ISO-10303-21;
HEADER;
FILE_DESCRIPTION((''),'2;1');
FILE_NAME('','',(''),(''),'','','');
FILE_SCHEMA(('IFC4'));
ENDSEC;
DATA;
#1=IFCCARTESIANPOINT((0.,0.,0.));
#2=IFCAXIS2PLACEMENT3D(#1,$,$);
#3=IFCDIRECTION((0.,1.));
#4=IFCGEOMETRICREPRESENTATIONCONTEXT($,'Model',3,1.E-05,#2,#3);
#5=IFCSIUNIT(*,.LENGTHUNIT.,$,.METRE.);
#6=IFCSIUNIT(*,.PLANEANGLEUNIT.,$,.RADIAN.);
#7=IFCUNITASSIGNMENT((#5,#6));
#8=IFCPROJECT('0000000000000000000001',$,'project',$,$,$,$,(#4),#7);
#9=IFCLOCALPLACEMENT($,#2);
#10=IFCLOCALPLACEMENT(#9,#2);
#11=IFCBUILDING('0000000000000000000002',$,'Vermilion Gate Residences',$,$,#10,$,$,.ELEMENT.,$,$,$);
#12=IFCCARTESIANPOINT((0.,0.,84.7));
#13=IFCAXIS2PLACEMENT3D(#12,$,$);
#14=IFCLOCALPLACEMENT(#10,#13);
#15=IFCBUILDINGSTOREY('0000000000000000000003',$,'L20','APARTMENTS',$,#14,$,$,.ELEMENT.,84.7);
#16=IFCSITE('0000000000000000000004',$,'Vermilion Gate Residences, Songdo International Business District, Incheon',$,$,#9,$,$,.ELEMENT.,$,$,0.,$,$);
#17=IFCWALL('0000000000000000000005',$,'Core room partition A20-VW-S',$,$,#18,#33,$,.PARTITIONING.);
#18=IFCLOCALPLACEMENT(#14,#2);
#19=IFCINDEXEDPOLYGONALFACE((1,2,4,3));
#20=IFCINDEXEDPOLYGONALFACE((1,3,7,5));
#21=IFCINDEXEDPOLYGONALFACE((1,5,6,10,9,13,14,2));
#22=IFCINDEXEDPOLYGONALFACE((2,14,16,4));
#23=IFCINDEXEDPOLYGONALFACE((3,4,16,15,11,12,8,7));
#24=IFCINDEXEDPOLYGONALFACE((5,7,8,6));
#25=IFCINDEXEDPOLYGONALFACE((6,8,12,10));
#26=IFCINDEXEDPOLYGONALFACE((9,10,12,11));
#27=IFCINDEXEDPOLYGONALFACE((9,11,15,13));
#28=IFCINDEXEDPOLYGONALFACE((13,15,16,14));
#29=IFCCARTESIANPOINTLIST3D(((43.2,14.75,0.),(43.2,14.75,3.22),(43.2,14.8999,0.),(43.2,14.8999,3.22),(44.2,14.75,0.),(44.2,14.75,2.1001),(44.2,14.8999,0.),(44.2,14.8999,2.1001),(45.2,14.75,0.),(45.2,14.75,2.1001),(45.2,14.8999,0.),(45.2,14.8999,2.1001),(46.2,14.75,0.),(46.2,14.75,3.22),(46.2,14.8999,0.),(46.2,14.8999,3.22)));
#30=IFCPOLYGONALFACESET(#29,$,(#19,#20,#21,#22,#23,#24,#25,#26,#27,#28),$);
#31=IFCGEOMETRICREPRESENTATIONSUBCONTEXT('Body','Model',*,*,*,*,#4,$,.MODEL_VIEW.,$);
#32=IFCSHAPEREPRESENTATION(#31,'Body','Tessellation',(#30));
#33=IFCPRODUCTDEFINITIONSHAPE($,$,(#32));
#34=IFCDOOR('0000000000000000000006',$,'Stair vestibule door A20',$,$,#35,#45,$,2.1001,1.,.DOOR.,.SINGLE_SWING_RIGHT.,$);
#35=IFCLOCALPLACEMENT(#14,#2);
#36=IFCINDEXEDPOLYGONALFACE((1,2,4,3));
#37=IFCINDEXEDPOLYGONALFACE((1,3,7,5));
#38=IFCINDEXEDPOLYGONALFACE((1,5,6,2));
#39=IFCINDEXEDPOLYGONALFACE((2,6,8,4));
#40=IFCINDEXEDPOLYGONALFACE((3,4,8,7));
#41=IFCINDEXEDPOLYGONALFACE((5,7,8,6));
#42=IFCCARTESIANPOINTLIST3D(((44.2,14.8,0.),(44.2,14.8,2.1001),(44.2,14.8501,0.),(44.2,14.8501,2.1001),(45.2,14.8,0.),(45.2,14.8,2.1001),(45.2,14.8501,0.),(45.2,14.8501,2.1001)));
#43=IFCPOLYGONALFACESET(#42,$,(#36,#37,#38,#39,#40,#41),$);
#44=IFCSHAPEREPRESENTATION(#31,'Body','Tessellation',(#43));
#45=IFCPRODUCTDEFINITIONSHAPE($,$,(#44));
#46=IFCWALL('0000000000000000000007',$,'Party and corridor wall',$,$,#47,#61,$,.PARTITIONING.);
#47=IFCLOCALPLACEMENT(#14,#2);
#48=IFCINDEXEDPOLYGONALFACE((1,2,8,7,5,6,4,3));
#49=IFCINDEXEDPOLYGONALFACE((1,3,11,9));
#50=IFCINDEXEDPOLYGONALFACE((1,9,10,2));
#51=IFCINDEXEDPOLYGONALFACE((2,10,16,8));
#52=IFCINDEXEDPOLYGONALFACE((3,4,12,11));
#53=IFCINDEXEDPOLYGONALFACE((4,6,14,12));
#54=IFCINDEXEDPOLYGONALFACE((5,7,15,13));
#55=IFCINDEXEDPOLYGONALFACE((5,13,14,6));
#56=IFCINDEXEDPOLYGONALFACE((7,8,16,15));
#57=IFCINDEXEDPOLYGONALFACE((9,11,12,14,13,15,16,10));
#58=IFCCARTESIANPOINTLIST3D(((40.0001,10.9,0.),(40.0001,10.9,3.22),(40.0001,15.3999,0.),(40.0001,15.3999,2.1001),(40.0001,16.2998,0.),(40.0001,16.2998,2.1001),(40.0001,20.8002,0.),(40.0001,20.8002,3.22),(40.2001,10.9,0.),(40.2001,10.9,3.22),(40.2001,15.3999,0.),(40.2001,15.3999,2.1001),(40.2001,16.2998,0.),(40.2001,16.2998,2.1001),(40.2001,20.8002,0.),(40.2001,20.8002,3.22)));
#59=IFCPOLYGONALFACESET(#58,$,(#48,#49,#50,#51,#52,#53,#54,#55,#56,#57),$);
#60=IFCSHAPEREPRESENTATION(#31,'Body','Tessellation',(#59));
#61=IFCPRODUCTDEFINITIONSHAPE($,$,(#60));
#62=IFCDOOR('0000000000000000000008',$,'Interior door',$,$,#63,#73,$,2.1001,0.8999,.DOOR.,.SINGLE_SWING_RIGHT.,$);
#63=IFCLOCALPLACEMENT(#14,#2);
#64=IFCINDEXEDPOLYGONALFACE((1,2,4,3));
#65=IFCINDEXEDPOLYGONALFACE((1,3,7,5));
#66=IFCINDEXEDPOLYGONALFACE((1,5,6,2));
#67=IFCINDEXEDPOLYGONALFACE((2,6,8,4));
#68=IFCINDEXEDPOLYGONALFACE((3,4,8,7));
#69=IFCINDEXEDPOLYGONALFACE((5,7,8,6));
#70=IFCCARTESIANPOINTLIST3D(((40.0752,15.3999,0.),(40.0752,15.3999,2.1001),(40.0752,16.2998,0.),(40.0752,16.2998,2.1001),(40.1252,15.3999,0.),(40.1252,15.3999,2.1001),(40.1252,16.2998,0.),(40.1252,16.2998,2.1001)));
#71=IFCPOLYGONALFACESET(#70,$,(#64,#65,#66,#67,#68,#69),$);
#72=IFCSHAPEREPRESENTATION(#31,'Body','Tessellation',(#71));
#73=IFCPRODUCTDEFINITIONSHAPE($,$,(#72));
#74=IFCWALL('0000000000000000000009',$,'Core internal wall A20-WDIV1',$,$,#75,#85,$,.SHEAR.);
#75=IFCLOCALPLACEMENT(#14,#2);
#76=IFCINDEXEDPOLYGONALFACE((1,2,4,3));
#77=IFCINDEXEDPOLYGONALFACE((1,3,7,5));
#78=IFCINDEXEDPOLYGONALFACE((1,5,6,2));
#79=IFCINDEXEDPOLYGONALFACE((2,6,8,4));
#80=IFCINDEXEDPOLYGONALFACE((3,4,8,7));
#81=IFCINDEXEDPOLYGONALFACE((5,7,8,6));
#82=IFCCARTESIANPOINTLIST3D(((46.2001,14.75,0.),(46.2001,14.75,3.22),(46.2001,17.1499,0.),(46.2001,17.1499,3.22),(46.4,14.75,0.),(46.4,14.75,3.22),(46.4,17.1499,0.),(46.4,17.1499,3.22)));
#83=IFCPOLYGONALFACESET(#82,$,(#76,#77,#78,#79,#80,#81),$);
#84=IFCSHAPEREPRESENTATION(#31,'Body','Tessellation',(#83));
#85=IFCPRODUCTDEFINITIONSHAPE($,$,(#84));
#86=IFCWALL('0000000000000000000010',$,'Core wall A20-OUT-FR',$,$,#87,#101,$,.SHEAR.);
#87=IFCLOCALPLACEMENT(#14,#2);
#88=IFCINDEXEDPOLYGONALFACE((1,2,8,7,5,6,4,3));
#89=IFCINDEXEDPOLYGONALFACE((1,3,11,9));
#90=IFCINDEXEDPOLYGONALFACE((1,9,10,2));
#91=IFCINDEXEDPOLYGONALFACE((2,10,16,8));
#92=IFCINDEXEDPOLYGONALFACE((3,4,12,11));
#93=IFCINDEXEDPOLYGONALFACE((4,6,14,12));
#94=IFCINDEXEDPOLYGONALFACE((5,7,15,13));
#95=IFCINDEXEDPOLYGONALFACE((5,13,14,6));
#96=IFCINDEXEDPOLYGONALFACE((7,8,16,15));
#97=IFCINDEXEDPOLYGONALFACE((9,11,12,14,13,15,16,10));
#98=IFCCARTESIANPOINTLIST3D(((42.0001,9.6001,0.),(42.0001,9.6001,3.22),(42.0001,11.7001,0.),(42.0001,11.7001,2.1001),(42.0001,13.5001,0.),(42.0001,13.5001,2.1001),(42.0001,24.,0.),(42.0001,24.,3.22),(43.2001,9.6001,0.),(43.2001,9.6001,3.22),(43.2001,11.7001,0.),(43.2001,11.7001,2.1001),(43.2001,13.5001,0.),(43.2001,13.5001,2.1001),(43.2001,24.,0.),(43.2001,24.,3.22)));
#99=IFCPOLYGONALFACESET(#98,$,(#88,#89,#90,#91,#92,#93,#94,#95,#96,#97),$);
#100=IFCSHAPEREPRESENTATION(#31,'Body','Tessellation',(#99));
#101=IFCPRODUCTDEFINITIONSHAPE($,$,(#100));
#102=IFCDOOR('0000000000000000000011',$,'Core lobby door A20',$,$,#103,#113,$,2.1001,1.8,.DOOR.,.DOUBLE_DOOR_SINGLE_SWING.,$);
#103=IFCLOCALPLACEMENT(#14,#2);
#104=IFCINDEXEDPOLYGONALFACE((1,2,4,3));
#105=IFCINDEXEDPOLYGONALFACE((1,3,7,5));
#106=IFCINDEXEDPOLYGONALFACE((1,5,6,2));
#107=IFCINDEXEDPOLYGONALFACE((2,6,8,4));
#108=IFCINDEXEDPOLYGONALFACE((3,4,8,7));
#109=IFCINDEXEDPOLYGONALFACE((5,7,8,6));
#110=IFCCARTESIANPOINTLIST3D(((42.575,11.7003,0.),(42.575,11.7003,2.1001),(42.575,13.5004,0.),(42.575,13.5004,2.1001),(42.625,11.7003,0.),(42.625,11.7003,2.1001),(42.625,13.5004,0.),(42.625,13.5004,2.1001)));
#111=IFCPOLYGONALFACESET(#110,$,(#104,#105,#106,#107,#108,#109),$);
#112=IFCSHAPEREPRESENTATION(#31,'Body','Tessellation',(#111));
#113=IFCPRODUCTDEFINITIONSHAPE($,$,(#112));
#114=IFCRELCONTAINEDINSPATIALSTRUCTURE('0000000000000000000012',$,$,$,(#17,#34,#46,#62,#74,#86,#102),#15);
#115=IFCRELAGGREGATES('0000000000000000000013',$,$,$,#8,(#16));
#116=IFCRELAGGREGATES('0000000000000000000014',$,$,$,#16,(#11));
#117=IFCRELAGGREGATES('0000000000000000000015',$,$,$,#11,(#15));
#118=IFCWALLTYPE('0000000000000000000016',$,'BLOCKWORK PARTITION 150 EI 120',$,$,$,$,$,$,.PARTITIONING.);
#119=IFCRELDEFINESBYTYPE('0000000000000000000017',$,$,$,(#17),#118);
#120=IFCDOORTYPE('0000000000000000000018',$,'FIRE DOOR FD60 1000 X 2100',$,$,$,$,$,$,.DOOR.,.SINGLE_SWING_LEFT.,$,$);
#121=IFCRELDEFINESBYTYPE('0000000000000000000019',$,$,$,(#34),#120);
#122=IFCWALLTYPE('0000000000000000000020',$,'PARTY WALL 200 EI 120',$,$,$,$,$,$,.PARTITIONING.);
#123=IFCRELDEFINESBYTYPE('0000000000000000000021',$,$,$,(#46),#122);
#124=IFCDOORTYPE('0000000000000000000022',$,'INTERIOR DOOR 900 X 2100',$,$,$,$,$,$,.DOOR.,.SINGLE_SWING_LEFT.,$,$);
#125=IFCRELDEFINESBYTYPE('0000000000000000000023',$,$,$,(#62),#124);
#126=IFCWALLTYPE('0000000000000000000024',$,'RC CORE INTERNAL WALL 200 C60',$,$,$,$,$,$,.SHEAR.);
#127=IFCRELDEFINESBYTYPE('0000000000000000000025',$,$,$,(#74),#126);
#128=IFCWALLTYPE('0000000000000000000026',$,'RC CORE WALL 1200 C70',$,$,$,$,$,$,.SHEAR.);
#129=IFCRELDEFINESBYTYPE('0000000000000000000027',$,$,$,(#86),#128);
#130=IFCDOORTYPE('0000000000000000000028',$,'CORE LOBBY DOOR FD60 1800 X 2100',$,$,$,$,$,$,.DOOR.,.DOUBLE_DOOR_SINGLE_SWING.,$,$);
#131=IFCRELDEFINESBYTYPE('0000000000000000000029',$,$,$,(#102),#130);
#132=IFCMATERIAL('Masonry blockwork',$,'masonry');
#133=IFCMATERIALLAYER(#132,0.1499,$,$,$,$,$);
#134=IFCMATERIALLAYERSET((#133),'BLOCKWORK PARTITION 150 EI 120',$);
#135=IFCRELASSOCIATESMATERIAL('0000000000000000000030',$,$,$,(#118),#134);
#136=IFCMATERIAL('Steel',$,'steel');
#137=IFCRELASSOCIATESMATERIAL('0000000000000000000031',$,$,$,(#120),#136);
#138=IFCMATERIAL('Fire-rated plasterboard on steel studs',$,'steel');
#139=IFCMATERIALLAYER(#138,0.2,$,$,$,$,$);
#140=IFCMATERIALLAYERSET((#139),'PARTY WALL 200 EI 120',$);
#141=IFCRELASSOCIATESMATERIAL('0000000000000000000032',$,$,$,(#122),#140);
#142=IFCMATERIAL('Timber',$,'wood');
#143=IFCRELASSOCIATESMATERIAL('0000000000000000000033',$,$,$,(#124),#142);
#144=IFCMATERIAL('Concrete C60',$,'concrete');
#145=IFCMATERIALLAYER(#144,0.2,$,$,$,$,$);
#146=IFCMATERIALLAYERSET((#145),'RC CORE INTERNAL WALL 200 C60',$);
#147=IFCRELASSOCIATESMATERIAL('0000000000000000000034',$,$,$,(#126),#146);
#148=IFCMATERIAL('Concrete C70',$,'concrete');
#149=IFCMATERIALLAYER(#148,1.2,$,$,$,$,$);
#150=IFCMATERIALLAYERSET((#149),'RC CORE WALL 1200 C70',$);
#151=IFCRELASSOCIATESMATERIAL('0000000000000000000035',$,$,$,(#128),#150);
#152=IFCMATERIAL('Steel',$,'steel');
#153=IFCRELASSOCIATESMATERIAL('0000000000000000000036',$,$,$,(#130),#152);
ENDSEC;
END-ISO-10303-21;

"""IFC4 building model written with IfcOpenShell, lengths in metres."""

from ifc_helpers import new_model, si_unit, direction, frame, frame_2d, origin, place, context, subcontext, project, spatial, rectangle, extrude, material, layer, layer_set, type_object, element, fill, save


model = new_model("IFC4")

# Units and contexts
model_context = context("Model", 3, precision=1e-05, world=origin(), true_north=direction((0.0, 1.0)))
body_context = subcontext(model_context, "Body", "Model", "MODEL_VIEW")
ifc_project = project(units=[si_unit("LENGTHUNIT", "METRE"), si_unit("PLANEANGLEUNIT", "RADIAN")], contexts=[model_context])

# Site, building, storey
site_placement = place(None, origin())
site = spatial("IfcSite", under=ifc_project, at=site_placement, Name="Vermilion Gate Residences, Songdo International Business District, Incheon", CompositionType="ELEMENT", RefElevation=0.0)
building_placement = place(site_placement, origin())
building = spatial("IfcBuilding", under=site, at=building_placement, Name="Vermilion Gate Residences", CompositionType="ELEMENT")
storey_placement = place(building_placement, frame((0.0, 0.0, 84.7)))
storey = spatial("IfcBuildingStorey", under=building, at=storey_placement, Name="L20", Description="APARTMENTS", CompositionType="ELEMENT", Elevation=84.7)

# Walls, openings, doors
ifc_material_1 = material(Name="Masonry blockwork", Category="masonry")
ifc_layer_1 = layer(ifc_material_1, 0.1499)
ifc_layer_set_1 = layer_set([ifc_layer_1], Name="BLOCKWORK PARTITION 150 EI 120")
wall_type_1 = type_object("IfcWallType", Name="BLOCKWORK PARTITION 150 EI 120", PredefinedType="PARTITIONING", material=ifc_layer_set_1)
wall_1_placement = place(storey_placement, frame((43.2, 14.825, 0.0), z_axis=(0.0, 0.0, 1.0), x_axis=(1.0, 0.0, 0.0)))
wall_1 = element("IfcWall", 1, at=wall_1_placement, inside=storey, type_object=wall_type_1, Name="Core room partition A20-VW-S", PredefinedType="PARTITIONING", context=body_context, shape_type="SweptSolid", body=[
    extrude(rectangle(XDim=3.0, YDim=0.1499, at=frame_2d((1.5, 0.0))), origin(), (0.0, 0.0, 1.0), 3.22),
])
opening_1_placement = place(wall_1_placement, frame((1.0, 0.0, 0.0)))
opening_1 = element("IfcOpeningElement", 2, at=opening_1_placement, cuts=wall_1, PredefinedType="OPENING", context=body_context, shape_type="SweptSolid", body=[
    extrude(rectangle(XDim=1.0, YDim=2.1001, at=frame_2d((0.5, 1.05))), frame((0.0, 0.085, 0.0), z_axis=(0.0, -1.0, 0.0), x_axis=(1.0, 0.0, 0.0)), (0.0, 0.0, 1.0), 0.1699),
])
ifc_material_2 = material(Name="Steel", Category="steel")
door_type_1 = type_object("IfcDoorType", Name="FIRE DOOR FD60 1000 X 2100", OperationType="SINGLE_SWING_LEFT", PredefinedType="DOOR", material=ifc_material_2)
door_1_placement = place(opening_1_placement, frame((1.0, 0.0, 0.0), z_axis=(0.0, 0.0, 1.0), x_axis=(-1.0, 0.0, 0.0)))
door_1 = element("IfcDoor", 3, at=door_1_placement, inside=storey, type_object=door_type_1, Name="Stair vestibule door A20", OperationType="SINGLE_SWING_RIGHT", OverallHeight=2.1001, OverallWidth=1.0, PredefinedType="DOOR", context=body_context, shape_type="SweptSolid", body=[
    extrude(rectangle(XDim=1.0, YDim=2.1001, at=frame_2d((0.5, 1.05))), frame((0.0, 0.0249, 0.0), z_axis=(0.0, -1.0, 0.0), x_axis=(1.0, 0.0, 0.0)), (0.0, 0.0, 1.0), 0.05),
])
fill(opening_1, door_1)
ifc_material_3 = material(Name="Fire-rated plasterboard on steel studs", Category="steel")
ifc_layer_2 = layer(ifc_material_3, 0.2)
ifc_layer_set_2 = layer_set([ifc_layer_2], Name="PARTY WALL 200 EI 120")
wall_type_2 = type_object("IfcWallType", Name="PARTY WALL 200 EI 120", PredefinedType="PARTITIONING", material=ifc_layer_set_2)
wall_2_placement = place(storey_placement, frame((40.1001, 10.8999, 0.0), z_axis=(0.0, 0.0, 1.0), x_axis=(0.0, 1.0, 0.0)))
wall_2 = element("IfcWall", 4, at=wall_2_placement, inside=storey, type_object=wall_type_2, Name="Party and corridor wall", PredefinedType="PARTITIONING", context=body_context, shape_type="SweptSolid", body=[
    extrude(rectangle(XDim=9.9001, YDim=0.2, at=frame_2d((4.9502, 0.0))), origin(), (0.0, 0.0, 1.0), 3.22),
])
opening_2_placement = place(wall_2_placement, frame((4.5, 0.0, 0.0)))
opening_2 = element("IfcOpeningElement", 5, at=opening_2_placement, cuts=wall_2, PredefinedType="OPENING", context=body_context, shape_type="SweptSolid", body=[
    extrude(rectangle(XDim=0.8999, YDim=2.1001, at=frame_2d((0.45, 1.05))), frame((0.0, 0.1099, 0.0), z_axis=(0.0, -1.0, 0.0), x_axis=(1.0, 0.0, 0.0)), (0.0, 0.0, 1.0), 0.22),
])
ifc_material_4 = material(Name="Timber", Category="wood")
door_type_2 = type_object("IfcDoorType", Name="INTERIOR DOOR 900 X 2100", OperationType="SINGLE_SWING_LEFT", PredefinedType="DOOR", material=ifc_material_4)
door_2_placement = place(opening_2_placement, origin())
door_2 = element("IfcDoor", 6, at=door_2_placement, inside=storey, type_object=door_type_2, Name="Interior door", OperationType="SINGLE_SWING_RIGHT", OverallHeight=2.1001, OverallWidth=0.8999, PredefinedType="DOOR", context=body_context, shape_type="SweptSolid", body=[
    extrude(rectangle(XDim=0.8999, YDim=2.1001, at=frame_2d((0.45, 1.05))), frame((0.0, 0.0249, 0.0), z_axis=(0.0, -1.0, 0.0), x_axis=(1.0, 0.0, 0.0)), (0.0, 0.0, 1.0), 0.05),
])
fill(opening_2, door_2)

# Wall
ifc_material_5 = material(Name="Concrete C60", Category="concrete")
ifc_layer_3 = layer(ifc_material_5, 0.2)
ifc_layer_set_3 = layer_set([ifc_layer_3], Name="RC CORE INTERNAL WALL 200 C60")
wall_type_3 = type_object("IfcWallType", Name="RC CORE INTERNAL WALL 200 C60", PredefinedType="SHEAR", material=ifc_layer_set_3)
wall_3_placement = place(storey_placement, frame((46.3, 14.75, 0.0), z_axis=(0.0, 0.0, 1.0), x_axis=(0.0, 1.0, 0.0)))
element("IfcWall", 7, at=wall_3_placement, inside=storey, type_object=wall_type_3, Name="Core internal wall A20-WDIV1", PredefinedType="SHEAR", context=body_context, shape_type="SweptSolid", body=[
    extrude(rectangle(XDim=2.3999, YDim=0.2, at=frame_2d((1.2, 0.0))), origin(), (0.0, 0.0, 1.0), 3.22),
])

# Wall, opening, door
ifc_material_6 = material(Name="Concrete C70", Category="concrete")
ifc_layer_4 = layer(ifc_material_6, 1.2)
ifc_layer_set_4 = layer_set([ifc_layer_4], Name="RC CORE WALL 1200 C70")
wall_type_4 = type_object("IfcWallType", Name="RC CORE WALL 1200 C70", PredefinedType="SHEAR", material=ifc_layer_set_4)
wall_4_placement = place(storey_placement, frame((42.6001, 9.6001, 0.0), z_axis=(0.0, 0.0, 1.0), x_axis=(0.0, 1.0, 0.0)))
wall_4 = element("IfcWall", 8, at=wall_4_placement, inside=storey, type_object=wall_type_4, Name="Core wall A20-OUT-FR", PredefinedType="SHEAR", context=body_context, shape_type="SweptSolid", body=[
    extrude(rectangle(XDim=14.3999, YDim=1.2, at=frame_2d((7.2, 0.0))), origin(), (0.0, 0.0, 1.0), 3.22),
])
opening_3_placement = place(wall_4_placement, frame((2.1001, 0.0, 0.0)))
opening_3 = element("IfcOpeningElement", 9, at=opening_3_placement, cuts=wall_4, PredefinedType="OPENING", context=body_context, shape_type="SweptSolid", body=[
    extrude(rectangle(XDim=1.8, YDim=2.1001, at=frame_2d((0.8999, 1.05))), frame((0.0, 0.6099, 0.0), z_axis=(0.0, -1.0, 0.0), x_axis=(1.0, 0.0, 0.0)), (0.0, 0.0, 1.0), 1.22),
])
ifc_material_7 = material(Name="Steel", Category="steel")
door_type_3 = type_object("IfcDoorType", Name="CORE LOBBY DOOR FD60 1800 X 2100", OperationType="DOUBLE_DOOR_SINGLE_SWING", PredefinedType="DOOR", material=ifc_material_7)
door_3_placement = place(opening_3_placement, frame((1.8, 0.0, 0.0), z_axis=(0.0, 0.0, 1.0), x_axis=(-1.0, 0.0, 0.0)))
door_3 = element("IfcDoor", 10, at=door_3_placement, inside=storey, type_object=door_type_3, Name="Core lobby door A20", OperationType="DOUBLE_DOOR_SINGLE_SWING", OverallHeight=2.1001, OverallWidth=1.8, PredefinedType="DOOR", context=body_context, shape_type="SweptSolid", body=[
    extrude(rectangle(XDim=1.8, YDim=2.1001, at=frame_2d((0.8999, 1.05))), frame((0.0, 0.0249, 0.0), z_axis=(0.0, -1.0, 0.0), x_axis=(1.0, 0.0, 0.0)), (0.0, 0.0, 1.0), 0.05),
])
fill(opening_3, door_3)

save(model, "model.ifc")
